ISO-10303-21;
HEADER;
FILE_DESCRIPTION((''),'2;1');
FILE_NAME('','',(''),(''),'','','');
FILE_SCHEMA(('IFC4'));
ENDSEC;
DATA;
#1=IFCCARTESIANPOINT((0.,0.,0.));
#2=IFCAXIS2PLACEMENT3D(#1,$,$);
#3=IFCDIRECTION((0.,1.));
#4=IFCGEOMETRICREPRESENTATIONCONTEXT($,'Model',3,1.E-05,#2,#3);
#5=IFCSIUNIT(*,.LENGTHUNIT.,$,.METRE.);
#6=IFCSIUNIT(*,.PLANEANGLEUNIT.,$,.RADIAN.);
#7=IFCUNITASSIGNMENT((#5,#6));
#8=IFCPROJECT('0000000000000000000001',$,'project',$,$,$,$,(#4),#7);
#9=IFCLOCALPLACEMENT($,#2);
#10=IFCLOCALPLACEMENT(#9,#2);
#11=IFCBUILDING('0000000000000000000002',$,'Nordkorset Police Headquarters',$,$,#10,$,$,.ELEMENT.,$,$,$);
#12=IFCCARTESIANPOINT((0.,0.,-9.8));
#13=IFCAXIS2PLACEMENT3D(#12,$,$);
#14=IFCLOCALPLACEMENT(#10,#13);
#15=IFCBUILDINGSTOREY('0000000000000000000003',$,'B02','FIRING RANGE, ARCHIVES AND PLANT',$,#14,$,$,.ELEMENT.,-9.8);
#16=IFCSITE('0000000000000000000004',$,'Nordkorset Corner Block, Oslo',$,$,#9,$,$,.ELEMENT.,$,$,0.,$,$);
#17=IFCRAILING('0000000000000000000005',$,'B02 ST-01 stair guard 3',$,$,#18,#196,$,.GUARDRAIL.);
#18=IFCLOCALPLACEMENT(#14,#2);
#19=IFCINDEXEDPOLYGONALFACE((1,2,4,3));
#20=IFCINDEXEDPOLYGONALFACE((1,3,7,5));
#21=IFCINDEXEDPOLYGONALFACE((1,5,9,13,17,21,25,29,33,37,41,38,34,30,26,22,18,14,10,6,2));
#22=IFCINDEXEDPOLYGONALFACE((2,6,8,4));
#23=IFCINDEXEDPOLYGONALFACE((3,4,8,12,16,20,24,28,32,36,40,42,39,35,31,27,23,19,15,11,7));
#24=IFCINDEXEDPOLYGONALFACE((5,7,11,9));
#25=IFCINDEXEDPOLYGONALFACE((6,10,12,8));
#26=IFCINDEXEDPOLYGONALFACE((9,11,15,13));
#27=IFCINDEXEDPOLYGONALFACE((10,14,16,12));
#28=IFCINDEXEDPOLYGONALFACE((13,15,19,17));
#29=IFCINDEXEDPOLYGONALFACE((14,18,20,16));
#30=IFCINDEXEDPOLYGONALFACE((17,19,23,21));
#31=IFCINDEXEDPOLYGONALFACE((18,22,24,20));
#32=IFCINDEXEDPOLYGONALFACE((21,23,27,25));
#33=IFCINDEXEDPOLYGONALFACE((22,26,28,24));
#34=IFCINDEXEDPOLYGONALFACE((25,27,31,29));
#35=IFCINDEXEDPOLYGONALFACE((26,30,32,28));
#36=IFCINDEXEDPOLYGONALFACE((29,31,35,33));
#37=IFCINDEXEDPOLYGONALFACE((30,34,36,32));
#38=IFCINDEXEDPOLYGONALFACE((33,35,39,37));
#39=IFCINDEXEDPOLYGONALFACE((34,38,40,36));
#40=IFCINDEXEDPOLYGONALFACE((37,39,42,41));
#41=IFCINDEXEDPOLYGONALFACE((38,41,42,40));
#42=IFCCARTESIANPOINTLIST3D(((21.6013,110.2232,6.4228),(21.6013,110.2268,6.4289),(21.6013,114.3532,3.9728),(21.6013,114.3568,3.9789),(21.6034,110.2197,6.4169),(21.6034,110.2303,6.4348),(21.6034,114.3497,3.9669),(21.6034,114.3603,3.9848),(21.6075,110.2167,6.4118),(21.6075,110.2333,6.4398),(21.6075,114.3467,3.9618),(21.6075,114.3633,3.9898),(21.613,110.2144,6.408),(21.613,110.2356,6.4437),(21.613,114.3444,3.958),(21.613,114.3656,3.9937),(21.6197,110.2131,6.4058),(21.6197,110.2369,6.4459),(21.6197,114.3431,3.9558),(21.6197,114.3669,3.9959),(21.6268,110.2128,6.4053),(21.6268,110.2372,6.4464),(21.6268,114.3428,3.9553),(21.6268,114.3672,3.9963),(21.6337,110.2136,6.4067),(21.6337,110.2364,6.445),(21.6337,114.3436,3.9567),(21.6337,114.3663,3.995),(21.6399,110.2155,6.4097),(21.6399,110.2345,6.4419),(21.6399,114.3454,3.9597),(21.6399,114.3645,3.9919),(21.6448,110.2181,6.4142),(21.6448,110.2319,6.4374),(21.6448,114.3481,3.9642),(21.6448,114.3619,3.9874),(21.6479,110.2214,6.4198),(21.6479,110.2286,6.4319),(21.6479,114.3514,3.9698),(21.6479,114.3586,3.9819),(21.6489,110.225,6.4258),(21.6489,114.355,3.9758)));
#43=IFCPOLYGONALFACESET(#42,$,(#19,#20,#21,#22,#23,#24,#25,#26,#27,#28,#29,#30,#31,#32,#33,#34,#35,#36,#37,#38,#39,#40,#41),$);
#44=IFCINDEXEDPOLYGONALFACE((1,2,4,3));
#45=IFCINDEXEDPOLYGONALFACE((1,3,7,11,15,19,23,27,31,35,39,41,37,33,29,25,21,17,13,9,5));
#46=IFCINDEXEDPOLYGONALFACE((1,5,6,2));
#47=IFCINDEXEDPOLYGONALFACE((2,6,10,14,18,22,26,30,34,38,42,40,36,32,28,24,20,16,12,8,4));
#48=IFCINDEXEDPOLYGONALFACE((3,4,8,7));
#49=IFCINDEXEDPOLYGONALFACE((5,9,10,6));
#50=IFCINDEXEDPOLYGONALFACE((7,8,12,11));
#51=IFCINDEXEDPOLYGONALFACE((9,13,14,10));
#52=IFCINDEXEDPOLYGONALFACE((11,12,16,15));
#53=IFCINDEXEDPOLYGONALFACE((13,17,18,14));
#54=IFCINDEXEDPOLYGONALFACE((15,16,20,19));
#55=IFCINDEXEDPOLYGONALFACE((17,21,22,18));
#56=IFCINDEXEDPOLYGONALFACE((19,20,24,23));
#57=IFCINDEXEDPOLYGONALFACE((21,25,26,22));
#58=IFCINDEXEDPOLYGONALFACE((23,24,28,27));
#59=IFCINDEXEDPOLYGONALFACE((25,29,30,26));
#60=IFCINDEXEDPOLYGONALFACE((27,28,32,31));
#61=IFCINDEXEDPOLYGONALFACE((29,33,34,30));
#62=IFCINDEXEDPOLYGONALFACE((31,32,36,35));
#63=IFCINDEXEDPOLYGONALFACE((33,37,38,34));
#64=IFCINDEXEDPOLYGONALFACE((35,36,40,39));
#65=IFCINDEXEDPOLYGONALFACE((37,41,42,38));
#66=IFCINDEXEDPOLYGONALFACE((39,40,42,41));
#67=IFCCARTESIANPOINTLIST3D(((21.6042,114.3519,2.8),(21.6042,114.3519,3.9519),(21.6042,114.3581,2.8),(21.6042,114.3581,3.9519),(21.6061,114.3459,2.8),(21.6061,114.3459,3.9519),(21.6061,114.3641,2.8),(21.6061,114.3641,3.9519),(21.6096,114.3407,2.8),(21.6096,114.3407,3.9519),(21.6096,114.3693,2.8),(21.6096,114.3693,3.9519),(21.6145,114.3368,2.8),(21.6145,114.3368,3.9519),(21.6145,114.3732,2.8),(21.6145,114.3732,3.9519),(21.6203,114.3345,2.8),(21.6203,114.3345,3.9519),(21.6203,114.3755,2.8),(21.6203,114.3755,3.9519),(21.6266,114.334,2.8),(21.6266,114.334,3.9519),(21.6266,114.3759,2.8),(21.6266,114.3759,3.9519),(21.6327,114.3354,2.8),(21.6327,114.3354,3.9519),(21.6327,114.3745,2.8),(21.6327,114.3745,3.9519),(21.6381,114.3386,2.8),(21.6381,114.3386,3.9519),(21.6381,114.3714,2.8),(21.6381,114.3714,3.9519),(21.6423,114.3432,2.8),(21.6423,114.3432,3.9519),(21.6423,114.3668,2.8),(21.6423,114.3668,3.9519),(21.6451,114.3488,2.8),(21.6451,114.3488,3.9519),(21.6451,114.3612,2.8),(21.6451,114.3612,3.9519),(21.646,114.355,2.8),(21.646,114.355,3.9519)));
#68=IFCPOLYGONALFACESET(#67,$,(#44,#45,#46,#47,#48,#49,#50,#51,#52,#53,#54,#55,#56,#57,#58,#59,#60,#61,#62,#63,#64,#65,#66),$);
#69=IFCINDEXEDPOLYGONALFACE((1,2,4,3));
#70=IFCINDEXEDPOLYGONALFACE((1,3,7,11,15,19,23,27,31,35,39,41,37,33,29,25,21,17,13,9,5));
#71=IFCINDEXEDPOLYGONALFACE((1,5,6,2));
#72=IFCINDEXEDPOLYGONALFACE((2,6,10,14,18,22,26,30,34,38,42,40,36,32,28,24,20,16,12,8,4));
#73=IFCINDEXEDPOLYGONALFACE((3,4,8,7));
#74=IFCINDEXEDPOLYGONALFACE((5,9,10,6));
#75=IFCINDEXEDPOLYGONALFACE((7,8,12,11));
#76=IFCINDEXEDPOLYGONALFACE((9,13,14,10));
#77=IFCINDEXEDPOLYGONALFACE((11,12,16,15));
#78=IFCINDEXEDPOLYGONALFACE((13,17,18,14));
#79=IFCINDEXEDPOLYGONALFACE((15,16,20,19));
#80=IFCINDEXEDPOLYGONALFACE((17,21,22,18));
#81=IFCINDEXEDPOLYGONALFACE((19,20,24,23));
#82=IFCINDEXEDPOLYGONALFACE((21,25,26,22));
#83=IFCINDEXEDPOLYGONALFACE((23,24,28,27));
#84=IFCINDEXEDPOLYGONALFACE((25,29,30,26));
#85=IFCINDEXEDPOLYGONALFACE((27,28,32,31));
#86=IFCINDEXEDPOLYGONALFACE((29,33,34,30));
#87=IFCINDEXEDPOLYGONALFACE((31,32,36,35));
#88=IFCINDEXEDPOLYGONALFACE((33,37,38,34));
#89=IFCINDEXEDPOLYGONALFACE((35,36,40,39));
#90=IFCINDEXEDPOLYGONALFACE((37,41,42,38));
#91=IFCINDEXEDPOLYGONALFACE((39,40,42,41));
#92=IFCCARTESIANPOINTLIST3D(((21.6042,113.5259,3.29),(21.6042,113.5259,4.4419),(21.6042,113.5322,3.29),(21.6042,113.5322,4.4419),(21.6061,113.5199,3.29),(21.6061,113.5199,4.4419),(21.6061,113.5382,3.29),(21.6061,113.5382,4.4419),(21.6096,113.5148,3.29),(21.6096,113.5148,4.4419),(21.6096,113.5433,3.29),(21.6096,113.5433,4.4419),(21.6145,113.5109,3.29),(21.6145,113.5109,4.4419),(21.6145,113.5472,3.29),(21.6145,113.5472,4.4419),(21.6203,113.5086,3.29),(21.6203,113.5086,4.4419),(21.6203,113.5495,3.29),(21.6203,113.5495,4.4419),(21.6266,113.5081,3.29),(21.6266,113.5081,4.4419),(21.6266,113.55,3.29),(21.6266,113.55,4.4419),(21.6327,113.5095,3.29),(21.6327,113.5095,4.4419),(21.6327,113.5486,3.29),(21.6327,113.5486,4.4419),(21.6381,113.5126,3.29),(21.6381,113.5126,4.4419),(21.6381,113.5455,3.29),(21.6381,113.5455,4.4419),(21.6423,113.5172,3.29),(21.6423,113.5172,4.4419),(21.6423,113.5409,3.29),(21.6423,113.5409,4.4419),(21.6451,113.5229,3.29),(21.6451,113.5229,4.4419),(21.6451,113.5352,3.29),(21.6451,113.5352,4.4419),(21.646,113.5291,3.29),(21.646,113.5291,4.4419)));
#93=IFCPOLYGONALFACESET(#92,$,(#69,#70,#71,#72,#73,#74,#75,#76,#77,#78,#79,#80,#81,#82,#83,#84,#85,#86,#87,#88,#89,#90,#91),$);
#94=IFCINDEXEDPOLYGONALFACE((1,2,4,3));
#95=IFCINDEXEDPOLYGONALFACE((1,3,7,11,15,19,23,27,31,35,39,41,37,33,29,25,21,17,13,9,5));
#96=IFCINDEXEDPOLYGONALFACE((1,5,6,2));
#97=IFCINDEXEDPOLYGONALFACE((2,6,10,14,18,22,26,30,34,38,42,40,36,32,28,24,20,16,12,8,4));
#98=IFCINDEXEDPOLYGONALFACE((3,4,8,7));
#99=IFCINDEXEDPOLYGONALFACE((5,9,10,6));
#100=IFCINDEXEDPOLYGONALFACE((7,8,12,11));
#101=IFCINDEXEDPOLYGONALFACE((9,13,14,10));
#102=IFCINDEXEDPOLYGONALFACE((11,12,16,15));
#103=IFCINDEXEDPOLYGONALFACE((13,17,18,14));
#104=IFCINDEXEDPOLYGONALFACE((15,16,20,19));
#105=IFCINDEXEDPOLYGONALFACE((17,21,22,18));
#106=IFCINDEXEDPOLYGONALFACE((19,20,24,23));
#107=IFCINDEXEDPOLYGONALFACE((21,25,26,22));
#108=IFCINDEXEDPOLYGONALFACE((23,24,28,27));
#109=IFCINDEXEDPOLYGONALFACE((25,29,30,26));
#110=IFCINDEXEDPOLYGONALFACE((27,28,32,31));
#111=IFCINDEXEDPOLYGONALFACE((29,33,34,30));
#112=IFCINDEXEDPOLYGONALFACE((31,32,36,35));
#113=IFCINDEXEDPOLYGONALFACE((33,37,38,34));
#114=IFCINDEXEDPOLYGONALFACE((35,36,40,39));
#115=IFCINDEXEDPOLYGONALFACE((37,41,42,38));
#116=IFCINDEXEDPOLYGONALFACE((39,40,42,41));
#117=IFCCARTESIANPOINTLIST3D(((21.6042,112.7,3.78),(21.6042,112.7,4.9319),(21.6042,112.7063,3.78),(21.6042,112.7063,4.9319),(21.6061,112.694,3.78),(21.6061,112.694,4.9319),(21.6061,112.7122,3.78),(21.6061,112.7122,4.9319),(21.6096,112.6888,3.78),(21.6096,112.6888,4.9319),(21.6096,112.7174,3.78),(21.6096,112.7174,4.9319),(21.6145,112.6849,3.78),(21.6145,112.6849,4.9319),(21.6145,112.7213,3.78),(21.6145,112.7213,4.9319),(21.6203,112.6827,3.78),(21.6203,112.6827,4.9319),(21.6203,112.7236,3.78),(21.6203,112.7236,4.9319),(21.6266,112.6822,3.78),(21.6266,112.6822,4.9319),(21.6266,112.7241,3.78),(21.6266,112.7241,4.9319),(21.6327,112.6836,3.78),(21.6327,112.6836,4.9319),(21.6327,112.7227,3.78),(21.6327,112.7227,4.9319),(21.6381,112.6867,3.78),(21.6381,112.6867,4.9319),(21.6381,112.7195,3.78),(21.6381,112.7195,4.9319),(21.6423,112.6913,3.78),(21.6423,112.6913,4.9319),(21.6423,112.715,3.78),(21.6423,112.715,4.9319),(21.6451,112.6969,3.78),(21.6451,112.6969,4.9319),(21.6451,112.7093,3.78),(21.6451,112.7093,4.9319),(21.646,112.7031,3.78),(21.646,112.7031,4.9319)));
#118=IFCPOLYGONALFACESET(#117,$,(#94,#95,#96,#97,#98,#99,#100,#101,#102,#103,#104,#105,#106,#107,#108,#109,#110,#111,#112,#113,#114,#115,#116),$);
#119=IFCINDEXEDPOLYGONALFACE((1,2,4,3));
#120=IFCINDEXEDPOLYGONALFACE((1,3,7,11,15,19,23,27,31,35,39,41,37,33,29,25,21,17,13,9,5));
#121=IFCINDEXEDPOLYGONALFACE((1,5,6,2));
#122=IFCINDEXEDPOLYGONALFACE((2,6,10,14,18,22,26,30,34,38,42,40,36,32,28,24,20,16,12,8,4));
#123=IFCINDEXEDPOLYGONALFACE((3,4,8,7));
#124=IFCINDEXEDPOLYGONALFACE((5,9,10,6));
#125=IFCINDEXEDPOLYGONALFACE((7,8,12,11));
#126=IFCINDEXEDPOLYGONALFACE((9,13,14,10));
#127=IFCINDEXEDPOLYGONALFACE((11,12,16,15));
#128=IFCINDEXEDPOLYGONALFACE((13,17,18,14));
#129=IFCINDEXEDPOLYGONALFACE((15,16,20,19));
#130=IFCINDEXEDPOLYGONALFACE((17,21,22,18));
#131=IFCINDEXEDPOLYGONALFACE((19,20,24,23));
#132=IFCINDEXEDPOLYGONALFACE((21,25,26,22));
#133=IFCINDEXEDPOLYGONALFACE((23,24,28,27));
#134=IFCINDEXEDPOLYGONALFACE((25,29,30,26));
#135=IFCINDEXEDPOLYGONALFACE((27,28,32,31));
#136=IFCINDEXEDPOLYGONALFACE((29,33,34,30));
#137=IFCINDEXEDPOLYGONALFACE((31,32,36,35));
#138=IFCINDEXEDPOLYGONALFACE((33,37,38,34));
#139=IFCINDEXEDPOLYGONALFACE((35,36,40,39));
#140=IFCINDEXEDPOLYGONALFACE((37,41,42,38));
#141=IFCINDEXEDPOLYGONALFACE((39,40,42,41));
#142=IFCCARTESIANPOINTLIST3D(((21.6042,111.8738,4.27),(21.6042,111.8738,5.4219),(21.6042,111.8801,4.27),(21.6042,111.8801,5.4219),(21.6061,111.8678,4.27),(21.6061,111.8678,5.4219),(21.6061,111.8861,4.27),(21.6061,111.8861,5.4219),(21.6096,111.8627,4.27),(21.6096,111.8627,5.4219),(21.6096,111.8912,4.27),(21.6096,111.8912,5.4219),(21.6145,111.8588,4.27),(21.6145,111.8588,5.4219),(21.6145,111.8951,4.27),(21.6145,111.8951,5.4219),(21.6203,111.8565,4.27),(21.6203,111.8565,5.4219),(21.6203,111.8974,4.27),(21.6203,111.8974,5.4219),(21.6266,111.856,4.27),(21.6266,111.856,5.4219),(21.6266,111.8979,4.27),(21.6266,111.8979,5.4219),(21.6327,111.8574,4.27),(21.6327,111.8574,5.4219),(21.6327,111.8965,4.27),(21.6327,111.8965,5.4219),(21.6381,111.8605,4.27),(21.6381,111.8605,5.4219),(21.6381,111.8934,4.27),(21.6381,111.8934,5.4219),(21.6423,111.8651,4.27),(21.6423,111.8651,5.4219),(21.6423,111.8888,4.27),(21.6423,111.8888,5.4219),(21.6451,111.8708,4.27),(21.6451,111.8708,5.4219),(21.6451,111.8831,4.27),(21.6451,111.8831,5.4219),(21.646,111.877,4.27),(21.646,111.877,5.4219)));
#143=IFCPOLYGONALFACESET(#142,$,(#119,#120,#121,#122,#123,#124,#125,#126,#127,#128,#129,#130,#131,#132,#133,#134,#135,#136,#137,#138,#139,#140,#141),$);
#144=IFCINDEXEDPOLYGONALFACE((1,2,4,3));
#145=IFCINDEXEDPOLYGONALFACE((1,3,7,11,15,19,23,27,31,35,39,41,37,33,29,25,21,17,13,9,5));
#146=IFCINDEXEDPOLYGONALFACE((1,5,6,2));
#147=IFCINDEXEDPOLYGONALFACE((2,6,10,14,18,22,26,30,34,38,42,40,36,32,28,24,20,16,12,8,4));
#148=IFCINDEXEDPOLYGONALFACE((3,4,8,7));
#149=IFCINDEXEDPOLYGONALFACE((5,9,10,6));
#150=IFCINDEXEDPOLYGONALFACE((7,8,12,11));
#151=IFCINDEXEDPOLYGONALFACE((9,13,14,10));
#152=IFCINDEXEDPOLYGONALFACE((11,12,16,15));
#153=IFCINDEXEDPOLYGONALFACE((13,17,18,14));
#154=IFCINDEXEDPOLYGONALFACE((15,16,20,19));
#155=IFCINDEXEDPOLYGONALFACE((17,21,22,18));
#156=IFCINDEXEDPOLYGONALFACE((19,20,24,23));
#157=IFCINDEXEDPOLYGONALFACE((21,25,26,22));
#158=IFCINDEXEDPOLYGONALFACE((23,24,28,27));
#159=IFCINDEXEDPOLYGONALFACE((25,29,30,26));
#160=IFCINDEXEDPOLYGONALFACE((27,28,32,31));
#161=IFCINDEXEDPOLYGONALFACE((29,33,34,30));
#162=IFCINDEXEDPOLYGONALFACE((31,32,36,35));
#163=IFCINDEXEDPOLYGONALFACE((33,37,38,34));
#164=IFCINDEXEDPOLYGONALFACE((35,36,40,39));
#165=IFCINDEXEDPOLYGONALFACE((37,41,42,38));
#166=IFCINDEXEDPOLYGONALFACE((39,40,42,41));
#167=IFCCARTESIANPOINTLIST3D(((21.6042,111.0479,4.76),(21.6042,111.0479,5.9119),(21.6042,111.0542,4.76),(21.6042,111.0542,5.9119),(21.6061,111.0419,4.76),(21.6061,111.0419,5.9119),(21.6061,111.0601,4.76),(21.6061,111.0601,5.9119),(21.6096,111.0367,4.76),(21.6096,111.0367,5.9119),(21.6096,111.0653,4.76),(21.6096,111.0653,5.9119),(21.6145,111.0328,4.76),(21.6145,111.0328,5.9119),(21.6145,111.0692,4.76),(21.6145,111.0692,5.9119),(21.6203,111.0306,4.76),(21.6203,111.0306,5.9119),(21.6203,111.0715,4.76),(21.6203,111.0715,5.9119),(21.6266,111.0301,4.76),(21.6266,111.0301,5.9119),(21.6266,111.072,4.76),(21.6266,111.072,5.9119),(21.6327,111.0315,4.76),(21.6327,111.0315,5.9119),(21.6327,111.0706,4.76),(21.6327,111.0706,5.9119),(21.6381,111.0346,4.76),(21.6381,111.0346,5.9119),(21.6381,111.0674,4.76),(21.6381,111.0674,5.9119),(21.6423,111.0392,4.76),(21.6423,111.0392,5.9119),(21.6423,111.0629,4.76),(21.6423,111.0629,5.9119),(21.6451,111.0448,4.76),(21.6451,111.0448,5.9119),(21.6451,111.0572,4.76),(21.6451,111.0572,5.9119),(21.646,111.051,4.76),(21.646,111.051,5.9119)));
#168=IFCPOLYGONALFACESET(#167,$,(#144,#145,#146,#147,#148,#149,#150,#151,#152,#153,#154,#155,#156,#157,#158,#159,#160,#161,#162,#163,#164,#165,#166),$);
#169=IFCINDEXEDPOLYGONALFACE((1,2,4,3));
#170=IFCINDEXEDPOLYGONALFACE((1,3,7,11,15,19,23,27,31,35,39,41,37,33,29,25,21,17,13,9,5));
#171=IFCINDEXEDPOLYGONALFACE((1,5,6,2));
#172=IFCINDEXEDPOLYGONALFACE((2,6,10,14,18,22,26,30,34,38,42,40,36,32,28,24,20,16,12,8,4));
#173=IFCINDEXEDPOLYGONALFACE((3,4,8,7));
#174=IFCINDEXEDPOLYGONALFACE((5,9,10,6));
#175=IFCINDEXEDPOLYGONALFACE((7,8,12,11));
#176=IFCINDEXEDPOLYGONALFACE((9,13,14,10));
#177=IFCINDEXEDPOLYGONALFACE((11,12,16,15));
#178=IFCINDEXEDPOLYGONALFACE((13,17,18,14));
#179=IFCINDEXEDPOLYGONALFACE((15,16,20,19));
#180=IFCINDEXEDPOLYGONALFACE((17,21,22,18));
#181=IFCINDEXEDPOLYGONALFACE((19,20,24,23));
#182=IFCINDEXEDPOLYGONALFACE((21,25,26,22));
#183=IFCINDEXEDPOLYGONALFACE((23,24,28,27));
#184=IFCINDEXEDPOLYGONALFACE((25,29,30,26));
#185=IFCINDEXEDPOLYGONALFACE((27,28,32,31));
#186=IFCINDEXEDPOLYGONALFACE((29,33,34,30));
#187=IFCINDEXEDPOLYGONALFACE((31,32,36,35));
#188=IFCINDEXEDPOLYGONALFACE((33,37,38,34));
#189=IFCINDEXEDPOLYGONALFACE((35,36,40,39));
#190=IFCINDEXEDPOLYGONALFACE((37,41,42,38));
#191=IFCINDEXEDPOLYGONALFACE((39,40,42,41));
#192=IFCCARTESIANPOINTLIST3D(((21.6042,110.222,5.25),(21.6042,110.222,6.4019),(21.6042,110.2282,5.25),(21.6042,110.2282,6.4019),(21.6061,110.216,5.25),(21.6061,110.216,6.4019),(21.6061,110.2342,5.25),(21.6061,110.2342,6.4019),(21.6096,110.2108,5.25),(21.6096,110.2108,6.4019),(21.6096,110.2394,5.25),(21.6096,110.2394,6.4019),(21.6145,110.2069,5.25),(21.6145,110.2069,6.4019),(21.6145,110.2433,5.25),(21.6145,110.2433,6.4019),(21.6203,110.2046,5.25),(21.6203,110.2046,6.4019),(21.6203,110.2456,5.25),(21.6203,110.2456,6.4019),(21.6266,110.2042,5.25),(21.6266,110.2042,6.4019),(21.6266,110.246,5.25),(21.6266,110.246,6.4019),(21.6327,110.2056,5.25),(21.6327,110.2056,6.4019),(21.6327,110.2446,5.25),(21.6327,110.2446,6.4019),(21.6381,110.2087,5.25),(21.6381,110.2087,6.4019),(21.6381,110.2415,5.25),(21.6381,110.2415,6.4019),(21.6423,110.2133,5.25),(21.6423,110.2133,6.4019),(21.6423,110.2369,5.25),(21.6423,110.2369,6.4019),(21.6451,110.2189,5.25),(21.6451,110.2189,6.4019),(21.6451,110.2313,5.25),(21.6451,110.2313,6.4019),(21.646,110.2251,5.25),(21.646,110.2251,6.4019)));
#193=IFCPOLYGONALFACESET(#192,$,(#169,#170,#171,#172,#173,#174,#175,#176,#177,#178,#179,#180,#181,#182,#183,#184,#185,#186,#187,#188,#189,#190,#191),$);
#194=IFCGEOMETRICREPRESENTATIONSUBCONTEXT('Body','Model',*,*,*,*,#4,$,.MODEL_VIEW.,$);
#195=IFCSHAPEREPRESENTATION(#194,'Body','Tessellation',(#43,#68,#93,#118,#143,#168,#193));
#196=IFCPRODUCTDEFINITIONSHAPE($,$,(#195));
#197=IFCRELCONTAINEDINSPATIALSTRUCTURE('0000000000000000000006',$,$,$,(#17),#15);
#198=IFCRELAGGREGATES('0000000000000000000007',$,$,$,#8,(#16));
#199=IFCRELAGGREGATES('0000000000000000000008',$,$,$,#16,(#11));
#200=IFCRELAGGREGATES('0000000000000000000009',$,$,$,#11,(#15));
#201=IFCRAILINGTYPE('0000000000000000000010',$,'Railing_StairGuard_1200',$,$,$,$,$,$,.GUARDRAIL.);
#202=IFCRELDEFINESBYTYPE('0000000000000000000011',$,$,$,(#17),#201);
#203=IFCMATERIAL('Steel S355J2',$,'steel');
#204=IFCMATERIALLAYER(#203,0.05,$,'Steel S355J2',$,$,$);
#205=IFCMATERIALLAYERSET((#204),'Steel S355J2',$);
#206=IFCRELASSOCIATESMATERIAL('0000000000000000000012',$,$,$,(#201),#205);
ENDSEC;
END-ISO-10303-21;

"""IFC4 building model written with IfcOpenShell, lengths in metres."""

from ifc_helpers import new_model, si_unit, direction, frame, origin, origin_2d, place, context, subcontext, project, spatial, circle, extrude, material, layer, layer_set, type_object, element, save


model = new_model("IFC4")

# Units and contexts
model_context = context("Model", 3, precision=1e-05, world=origin(), true_north=direction((0.0, 1.0)))
body_context = subcontext(model_context, "Body", "Model", "MODEL_VIEW")
ifc_project = project(units=[si_unit("LENGTHUNIT", "METRE"), si_unit("PLANEANGLEUNIT", "RADIAN")], contexts=[model_context])

# Site, building, storey
site_placement = place(None, origin())
site = spatial("IfcSite", under=ifc_project, at=site_placement, Name="Nordkorset Corner Block, Oslo", CompositionType="ELEMENT", RefElevation=0.0)
building_placement = place(site_placement, origin())
building = spatial("IfcBuilding", under=site, at=building_placement, Name="Nordkorset Police Headquarters", CompositionType="ELEMENT")
storey_placement = place(building_placement, frame((0.0, 0.0, -9.8)))
storey = spatial("IfcBuildingStorey", under=building, at=storey_placement, Name="B02", Description="FIRING RANGE, ARCHIVES AND PLANT", CompositionType="ELEMENT", Elevation=-9.8)

# Railing
ifc_material_1 = material(Name="Steel S355J2", Category="steel")
ifc_layer_1 = layer(ifc_material_1, 0.05, Name="Steel S355J2")
ifc_layer_set_1 = layer_set([ifc_layer_1], Name="Steel S355J2")
railing_type_1 = type_object("IfcRailingType", Name="Railing_StairGuard_1200", PredefinedType="GUARDRAIL", material=ifc_layer_set_1)
railing_1_placement = place(storey_placement, frame((21.625, 114.355, 2.8)))
element("IfcRailing", 1, at=railing_1_placement, inside=storey, type_object=railing_type_1, Name="B02 ST-01 stair guard 3", PredefinedType="GUARDRAIL", context=body_context, shape_type="SweptSolid", body=[
    extrude(circle(Radius=0.0239, at=origin_2d()), frame((0.0, 0.0, 1.1758), z_axis=(0.0, -0.860053, 0.510205), x_axis=(1.0, 0.0, 0.0)), (0.0, 0.0, 1.0), 4.802),
    extrude(circle(Radius=0.021, at=origin_2d()), origin(), (0.0, 0.0, 1.0), 1.1519),
    extrude(circle(Radius=0.021, at=origin_2d()), frame((0.0, -0.8259, 0.49)), (0.0, 0.0, 1.0), 1.1519),
    extrude(circle(Radius=0.021, at=origin_2d()), frame((0.0, -1.6519, 0.98)), (0.0, 0.0, 1.0), 1.1519),
    extrude(circle(Radius=0.021, at=origin_2d()), frame((0.0, -2.478, 1.47)), (0.0, 0.0, 1.0), 1.1519),
    extrude(circle(Radius=0.021, at=origin_2d()), frame((0.0, -3.304, 1.96)), (0.0, 0.0, 1.0), 1.1519),
    extrude(circle(Radius=0.021, at=origin_2d()), frame((0.0, -4.1299, 2.45)), (0.0, 0.0, 1.0), 1.1519),
])

save(model, "model.ifc")
